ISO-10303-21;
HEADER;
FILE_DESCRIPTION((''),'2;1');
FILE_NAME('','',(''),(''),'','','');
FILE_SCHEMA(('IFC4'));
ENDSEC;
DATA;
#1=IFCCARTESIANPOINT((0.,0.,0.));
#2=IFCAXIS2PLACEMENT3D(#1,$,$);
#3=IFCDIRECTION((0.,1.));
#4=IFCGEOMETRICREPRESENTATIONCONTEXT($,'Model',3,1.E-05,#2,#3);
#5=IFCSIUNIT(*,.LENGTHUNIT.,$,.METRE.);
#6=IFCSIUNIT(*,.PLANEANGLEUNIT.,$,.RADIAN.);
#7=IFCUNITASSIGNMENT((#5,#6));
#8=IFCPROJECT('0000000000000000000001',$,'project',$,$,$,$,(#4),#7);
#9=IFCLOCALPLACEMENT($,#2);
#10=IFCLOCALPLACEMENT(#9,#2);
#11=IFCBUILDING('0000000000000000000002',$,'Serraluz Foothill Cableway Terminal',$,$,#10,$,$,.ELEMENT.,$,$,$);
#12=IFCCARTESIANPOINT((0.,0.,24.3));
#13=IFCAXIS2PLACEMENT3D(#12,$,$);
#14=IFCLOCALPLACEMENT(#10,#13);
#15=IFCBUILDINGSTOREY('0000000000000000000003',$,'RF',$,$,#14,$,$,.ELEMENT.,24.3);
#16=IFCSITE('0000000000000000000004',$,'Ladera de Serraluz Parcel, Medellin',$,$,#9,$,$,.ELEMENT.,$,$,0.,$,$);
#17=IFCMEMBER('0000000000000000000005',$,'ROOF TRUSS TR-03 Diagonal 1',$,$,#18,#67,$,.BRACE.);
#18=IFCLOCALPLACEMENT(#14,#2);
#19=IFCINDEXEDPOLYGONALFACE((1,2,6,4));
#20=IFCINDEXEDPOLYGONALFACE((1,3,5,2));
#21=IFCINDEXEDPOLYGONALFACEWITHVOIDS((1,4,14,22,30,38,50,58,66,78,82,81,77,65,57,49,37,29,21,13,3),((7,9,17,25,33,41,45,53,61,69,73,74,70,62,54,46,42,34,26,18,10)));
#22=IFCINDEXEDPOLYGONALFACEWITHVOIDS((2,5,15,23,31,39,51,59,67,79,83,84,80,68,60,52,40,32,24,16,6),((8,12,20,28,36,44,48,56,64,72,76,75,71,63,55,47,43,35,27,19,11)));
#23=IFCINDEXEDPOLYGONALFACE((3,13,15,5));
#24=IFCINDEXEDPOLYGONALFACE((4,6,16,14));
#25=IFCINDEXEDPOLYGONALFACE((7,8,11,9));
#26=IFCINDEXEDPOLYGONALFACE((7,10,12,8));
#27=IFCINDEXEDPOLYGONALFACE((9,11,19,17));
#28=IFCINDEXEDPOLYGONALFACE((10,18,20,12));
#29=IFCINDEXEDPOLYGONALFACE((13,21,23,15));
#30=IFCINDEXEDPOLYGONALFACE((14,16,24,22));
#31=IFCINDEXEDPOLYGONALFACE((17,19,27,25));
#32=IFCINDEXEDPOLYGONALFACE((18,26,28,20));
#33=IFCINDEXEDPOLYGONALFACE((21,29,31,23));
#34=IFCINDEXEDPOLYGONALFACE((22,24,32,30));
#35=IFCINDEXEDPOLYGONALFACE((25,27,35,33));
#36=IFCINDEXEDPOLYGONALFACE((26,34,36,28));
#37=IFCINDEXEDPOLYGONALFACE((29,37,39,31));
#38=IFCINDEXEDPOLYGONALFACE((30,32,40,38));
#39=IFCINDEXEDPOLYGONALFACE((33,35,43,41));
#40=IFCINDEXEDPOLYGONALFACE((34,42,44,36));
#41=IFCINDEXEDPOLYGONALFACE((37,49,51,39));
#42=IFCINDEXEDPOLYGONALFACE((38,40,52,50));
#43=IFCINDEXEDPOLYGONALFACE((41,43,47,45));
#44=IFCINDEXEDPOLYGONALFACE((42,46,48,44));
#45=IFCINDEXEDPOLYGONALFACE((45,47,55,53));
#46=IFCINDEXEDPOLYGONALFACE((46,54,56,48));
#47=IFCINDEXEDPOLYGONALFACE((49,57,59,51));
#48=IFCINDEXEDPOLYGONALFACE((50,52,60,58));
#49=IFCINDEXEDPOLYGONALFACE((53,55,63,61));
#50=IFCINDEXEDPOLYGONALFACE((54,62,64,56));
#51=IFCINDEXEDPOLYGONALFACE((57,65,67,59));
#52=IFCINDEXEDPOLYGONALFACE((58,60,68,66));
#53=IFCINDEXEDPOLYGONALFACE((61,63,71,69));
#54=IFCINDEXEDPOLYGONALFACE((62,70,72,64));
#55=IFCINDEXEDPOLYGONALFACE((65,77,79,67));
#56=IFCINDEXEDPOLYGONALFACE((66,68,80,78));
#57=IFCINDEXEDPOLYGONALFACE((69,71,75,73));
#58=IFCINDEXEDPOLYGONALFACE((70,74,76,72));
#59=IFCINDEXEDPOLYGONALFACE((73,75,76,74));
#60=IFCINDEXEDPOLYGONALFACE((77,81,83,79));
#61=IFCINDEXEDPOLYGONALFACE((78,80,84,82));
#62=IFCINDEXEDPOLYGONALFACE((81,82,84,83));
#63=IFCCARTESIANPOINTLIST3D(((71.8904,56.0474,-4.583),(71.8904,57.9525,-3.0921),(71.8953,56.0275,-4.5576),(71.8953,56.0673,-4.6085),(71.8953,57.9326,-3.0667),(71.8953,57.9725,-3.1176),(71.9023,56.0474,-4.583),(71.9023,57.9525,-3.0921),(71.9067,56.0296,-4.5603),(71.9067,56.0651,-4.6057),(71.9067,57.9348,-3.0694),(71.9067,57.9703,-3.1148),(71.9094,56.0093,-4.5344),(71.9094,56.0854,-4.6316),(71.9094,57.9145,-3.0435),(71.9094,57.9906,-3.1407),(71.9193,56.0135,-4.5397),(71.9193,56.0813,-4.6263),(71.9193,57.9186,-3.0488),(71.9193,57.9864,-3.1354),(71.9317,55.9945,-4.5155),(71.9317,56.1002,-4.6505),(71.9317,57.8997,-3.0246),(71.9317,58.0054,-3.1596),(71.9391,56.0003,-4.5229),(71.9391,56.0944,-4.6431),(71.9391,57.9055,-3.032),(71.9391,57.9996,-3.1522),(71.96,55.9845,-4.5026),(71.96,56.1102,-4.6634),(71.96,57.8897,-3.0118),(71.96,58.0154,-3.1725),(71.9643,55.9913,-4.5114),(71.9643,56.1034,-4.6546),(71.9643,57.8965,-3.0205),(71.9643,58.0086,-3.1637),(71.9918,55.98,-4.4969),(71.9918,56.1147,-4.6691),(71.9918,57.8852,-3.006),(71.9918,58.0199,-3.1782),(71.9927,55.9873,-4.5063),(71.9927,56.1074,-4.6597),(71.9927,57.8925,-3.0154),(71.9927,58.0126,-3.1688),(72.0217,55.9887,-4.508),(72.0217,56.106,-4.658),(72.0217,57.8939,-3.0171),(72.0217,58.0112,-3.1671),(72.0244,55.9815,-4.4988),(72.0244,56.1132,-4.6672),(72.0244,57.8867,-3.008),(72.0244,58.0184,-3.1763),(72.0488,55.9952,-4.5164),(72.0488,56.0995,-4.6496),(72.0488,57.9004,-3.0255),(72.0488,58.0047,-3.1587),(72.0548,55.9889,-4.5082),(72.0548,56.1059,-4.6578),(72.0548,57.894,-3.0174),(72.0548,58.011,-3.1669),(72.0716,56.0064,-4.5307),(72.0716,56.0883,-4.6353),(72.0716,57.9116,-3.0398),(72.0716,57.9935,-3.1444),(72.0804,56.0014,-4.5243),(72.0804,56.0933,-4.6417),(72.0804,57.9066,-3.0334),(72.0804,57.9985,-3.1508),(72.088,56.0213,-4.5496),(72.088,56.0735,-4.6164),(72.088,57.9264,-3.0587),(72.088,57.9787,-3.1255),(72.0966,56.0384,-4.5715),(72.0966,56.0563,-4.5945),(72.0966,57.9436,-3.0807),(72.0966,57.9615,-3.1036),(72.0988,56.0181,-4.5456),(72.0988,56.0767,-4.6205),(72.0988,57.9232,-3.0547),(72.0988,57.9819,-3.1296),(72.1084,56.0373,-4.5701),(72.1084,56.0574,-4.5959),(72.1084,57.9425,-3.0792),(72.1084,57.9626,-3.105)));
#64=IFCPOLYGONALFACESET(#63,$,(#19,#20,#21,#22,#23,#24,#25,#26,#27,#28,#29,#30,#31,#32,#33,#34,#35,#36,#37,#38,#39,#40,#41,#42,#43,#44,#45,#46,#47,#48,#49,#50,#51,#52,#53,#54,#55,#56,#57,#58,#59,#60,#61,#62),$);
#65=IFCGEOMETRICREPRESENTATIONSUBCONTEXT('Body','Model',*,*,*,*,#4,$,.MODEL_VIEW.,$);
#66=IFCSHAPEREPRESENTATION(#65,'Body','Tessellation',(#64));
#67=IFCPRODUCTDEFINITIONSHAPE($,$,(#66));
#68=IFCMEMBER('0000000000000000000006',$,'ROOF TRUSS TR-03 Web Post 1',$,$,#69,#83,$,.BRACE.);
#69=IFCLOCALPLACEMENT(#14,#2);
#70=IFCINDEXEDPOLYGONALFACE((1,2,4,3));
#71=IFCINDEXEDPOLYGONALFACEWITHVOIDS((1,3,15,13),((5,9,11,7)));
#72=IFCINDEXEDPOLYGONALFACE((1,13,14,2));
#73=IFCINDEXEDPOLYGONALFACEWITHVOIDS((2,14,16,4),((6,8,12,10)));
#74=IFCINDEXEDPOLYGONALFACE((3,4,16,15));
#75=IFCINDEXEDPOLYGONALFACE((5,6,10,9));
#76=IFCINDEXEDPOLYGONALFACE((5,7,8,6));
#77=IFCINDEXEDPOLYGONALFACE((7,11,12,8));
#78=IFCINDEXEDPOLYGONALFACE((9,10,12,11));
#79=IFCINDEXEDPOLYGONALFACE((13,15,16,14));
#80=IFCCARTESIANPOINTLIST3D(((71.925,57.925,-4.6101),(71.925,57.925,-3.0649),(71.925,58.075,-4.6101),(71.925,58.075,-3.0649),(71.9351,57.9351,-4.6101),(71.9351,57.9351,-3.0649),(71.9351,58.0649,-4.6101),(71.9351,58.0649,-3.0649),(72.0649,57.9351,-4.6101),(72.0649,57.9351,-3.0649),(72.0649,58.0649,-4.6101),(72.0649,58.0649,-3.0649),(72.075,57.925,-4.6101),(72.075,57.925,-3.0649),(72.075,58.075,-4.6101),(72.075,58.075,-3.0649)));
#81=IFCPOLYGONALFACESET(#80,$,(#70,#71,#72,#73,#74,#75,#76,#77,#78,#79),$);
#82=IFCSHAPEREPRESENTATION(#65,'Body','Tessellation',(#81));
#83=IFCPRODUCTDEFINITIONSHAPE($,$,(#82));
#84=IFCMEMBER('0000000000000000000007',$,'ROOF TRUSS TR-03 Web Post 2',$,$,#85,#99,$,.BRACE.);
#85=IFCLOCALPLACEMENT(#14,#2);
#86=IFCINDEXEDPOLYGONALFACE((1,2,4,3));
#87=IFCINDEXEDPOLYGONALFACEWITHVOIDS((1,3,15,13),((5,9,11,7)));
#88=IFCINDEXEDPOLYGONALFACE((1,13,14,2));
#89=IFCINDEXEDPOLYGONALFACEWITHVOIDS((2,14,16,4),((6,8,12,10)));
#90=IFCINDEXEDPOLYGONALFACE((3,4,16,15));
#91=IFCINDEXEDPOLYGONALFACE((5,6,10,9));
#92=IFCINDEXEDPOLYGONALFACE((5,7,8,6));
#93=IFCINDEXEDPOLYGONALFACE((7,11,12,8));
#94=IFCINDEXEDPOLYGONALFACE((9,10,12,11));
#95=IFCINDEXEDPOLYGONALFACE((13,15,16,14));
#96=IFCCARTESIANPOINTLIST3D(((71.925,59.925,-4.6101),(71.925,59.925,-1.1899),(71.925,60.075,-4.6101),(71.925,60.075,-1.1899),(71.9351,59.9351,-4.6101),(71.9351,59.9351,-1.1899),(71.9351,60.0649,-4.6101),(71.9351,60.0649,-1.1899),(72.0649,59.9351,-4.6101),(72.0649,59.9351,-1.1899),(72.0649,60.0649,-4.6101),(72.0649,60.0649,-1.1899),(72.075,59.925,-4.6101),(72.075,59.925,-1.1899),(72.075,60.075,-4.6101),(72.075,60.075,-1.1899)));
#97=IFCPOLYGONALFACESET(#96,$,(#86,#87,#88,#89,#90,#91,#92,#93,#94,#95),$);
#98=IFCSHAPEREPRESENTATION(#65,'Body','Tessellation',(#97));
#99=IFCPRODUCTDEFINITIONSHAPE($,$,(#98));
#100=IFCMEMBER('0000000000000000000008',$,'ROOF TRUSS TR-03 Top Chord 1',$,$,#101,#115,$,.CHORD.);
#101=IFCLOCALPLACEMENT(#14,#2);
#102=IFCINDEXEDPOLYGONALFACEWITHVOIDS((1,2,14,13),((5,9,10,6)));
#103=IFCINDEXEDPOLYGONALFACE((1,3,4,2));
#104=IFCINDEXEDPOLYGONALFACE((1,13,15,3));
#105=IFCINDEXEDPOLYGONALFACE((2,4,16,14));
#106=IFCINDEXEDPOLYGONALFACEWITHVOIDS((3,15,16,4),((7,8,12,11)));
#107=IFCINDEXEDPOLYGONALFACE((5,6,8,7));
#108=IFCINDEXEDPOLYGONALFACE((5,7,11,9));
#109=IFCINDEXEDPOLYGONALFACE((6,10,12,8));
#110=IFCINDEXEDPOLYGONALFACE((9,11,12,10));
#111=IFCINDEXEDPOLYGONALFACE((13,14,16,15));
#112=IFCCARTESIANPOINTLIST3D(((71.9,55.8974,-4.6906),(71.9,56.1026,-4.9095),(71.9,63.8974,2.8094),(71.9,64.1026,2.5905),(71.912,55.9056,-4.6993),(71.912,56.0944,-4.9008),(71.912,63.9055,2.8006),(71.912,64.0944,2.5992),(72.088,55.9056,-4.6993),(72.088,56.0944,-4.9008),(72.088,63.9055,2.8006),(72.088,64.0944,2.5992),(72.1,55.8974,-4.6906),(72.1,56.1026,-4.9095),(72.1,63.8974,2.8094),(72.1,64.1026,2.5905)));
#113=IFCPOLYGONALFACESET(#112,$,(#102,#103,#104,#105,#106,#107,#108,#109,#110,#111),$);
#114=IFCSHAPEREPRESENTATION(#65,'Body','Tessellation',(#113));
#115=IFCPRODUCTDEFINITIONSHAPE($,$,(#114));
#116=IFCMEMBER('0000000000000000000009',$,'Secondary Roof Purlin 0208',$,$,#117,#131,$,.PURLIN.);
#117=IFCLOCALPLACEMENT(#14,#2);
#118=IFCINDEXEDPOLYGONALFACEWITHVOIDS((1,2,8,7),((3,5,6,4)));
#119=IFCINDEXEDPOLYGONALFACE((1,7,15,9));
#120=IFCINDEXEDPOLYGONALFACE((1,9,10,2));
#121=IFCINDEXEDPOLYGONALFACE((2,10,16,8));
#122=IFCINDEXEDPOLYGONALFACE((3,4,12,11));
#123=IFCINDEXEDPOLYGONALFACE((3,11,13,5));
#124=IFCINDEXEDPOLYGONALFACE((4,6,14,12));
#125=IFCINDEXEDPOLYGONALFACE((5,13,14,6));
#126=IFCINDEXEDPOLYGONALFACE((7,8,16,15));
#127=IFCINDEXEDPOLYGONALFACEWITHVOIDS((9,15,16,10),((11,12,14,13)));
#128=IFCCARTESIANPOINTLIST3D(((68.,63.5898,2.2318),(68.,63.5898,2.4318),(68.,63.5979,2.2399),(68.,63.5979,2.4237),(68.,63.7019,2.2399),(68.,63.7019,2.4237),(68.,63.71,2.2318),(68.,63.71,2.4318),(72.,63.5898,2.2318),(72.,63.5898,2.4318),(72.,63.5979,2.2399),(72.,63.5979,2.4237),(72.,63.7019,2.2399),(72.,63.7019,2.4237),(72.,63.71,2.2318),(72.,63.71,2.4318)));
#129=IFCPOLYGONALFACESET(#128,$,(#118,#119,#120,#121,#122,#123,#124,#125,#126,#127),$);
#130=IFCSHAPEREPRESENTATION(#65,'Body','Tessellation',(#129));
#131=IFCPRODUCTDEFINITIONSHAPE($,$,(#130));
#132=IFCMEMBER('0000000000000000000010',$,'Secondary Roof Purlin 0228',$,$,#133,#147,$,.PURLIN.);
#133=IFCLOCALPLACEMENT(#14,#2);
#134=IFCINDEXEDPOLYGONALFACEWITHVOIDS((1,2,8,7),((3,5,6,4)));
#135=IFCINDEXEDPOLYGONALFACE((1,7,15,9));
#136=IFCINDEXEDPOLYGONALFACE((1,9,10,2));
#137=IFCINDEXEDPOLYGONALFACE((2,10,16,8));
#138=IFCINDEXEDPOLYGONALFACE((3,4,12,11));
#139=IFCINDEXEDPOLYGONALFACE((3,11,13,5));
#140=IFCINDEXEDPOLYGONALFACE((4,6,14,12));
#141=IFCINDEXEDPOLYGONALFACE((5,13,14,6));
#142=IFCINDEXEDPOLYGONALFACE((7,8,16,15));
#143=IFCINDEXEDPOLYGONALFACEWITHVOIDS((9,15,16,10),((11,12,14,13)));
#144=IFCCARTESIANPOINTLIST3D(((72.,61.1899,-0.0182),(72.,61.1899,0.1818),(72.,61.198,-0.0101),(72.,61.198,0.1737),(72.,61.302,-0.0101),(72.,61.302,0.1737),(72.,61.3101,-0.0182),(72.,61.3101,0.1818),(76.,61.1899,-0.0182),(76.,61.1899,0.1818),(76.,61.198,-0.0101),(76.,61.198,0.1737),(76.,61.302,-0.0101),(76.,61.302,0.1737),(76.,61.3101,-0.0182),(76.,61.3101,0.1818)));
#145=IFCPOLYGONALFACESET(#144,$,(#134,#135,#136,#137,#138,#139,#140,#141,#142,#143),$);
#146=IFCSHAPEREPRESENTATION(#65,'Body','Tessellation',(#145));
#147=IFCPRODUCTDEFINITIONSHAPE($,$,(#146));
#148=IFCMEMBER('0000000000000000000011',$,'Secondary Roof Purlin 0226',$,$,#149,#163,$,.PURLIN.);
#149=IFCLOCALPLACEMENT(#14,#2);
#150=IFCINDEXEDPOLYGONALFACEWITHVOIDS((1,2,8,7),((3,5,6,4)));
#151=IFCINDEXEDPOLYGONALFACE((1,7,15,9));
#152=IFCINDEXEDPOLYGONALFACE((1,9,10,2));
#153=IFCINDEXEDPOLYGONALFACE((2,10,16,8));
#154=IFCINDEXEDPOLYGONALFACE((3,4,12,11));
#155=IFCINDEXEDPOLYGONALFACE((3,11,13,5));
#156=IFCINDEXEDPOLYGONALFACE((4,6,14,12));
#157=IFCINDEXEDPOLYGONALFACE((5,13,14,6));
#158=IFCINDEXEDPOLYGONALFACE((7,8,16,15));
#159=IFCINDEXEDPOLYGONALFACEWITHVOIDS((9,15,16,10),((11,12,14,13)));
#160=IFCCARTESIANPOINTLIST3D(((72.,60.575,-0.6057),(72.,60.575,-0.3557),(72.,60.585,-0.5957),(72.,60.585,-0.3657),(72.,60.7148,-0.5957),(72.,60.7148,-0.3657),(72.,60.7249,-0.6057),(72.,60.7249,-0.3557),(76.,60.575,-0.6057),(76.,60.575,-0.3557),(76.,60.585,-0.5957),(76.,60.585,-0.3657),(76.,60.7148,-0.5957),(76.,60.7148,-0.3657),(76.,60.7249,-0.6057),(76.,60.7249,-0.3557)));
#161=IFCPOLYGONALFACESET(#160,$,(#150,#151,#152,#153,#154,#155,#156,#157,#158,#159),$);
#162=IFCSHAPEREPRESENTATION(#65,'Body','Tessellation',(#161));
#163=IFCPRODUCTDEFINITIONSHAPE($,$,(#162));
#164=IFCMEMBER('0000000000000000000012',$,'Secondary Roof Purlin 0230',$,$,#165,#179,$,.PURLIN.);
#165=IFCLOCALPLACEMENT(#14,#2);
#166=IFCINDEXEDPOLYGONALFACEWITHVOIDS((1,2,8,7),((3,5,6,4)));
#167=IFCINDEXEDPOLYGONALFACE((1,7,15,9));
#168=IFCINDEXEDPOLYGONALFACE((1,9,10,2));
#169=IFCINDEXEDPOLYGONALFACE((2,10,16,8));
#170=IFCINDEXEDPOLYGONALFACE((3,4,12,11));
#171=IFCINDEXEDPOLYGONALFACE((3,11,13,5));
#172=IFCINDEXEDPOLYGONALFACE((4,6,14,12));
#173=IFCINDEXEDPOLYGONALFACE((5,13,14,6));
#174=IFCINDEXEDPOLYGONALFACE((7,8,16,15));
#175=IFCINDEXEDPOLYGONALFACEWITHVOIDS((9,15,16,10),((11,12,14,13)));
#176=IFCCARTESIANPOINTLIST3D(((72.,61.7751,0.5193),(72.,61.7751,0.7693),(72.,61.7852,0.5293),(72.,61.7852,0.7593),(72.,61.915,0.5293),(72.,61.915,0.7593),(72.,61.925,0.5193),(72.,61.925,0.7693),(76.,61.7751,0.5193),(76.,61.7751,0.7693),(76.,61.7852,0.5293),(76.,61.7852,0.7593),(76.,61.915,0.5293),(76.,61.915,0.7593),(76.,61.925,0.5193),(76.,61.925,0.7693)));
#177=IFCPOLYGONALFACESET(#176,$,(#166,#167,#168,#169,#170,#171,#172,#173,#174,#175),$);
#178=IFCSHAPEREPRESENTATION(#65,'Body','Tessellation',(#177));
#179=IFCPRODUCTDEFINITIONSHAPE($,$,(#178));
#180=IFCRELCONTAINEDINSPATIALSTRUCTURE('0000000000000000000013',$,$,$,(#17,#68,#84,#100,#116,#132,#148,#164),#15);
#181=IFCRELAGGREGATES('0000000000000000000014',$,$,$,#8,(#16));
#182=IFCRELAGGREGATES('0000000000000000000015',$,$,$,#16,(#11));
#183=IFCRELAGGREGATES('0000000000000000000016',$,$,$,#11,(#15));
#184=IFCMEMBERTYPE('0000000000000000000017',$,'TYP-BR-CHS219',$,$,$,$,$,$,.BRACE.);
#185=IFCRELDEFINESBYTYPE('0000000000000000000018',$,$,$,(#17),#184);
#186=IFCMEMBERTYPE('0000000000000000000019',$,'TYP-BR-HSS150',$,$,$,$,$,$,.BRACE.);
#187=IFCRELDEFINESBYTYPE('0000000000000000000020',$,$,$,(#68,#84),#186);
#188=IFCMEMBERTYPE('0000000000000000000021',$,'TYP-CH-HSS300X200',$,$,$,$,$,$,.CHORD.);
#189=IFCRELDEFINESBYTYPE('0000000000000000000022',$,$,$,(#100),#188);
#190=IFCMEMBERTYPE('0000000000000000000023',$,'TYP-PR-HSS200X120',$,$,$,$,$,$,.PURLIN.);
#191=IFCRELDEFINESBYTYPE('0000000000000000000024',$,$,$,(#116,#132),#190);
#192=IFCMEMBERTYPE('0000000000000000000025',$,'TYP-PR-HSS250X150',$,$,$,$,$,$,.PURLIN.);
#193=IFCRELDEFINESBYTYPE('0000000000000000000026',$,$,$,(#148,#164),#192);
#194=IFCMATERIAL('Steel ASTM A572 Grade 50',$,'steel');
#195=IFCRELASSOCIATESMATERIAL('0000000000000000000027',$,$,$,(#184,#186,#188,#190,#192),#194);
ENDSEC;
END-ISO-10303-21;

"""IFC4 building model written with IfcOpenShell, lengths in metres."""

from ifc_helpers import new_model, si_unit, direction, frame, origin, origin_2d, place, context, subcontext, project, spatial, hollow_rectangle, hollow_circle, extrude, material, material_profile, profile_set, type_object, element, save


model = new_model("IFC4")

# Units and contexts
model_context = context("Model", 3, precision=1e-05, world=origin(), true_north=direction((0.0, 1.0)))
body_context = subcontext(model_context, "Body", "Model", "MODEL_VIEW")
ifc_project = project(units=[si_unit("LENGTHUNIT", "METRE"), si_unit("PLANEANGLEUNIT", "RADIAN")], contexts=[model_context])

# Site, building, storey
site_placement = place(None, origin())
site = spatial("IfcSite", under=ifc_project, at=site_placement, Name="Ladera de Serraluz Parcel, Medellin", CompositionType="ELEMENT", RefElevation=0.0)
building_placement = place(site_placement, origin())
building = spatial("IfcBuilding", under=site, at=building_placement, Name="Serraluz Foothill Cableway Terminal", CompositionType="ELEMENT")
storey_placement = place(building_placement, frame((0.0, 0.0, 24.3)))
storey = spatial("IfcBuildingStorey", under=building, at=storey_placement, Name="RF", CompositionType="ELEMENT", Elevation=24.3)

# Members
ifc_material_1 = material(Name="Steel ASTM A572 Grade 50", Category="steel")
ifc_material_profile_1 = material_profile(ifc_material_1, hollow_circle(Radius=0.1096, WallThickness=0.012, at=origin_2d()), Name="CHS219X12")
ifc_profile_set_1 = profile_set([ifc_material_profile_1], Name="Steel ASTM A572 Grade 50")
member_type_1 = type_object("IfcMemberType", Name="TYP-BR-CHS219", PredefinedType="BRACE", material=ifc_profile_set_1)
member_1_placement = place(storey_placement, frame((72.0, 56.0474, -4.583), z_axis=(0.0, 0.787528, 0.616278), x_axis=(-1.0, 0.0, 0.0)))
element("IfcMember", 1, at=member_1_placement, inside=storey, type_object=member_type_1, Name="ROOF TRUSS TR-03 Diagonal 1", PredefinedType="BRACE", context=body_context, shape_type="SweptSolid", body=[
    extrude(hollow_circle(Radius=0.1096, WallThickness=0.012, at=origin_2d()), origin(), (0.0, 0.0, 1.0), 2.4192),
])
ifc_material_profile_2 = material_profile(ifc_material_1, hollow_rectangle(XDim=0.1499, YDim=0.1499, WallThickness=0.01, at=origin_2d()), Name="HSS150X150X10")
ifc_profile_set_2 = profile_set([ifc_material_profile_2], Name="Steel ASTM A572 Grade 50")
member_type_2 = type_object("IfcMemberType", Name="TYP-BR-HSS150", PredefinedType="BRACE", material=ifc_profile_set_2)
member_2_placement = place(storey_placement, frame((72.0, 58.0, -4.6101), z_axis=(0.0, 0.0, 1.0), x_axis=(1.0, 0.0, 0.0)))
element("IfcMember", 2, at=member_2_placement, inside=storey, type_object=member_type_2, Name="ROOF TRUSS TR-03 Web Post 1", PredefinedType="BRACE", context=body_context, shape_type="SweptSolid", body=[
    extrude(hollow_rectangle(XDim=0.1499, YDim=0.1499, WallThickness=0.01, at=origin_2d()), origin(), (0.0, 0.0, 1.0), 1.5452),
])
member_3_placement = place(storey_placement, frame((72.0, 60.0, -4.6101), z_axis=(0.0, 0.0, 1.0), x_axis=(1.0, 0.0, 0.0)))
element("IfcMember", 3, at=member_3_placement, inside=storey, type_object=member_type_2, Name="ROOF TRUSS TR-03 Web Post 2", PredefinedType="BRACE", context=body_context, shape_type="SweptSolid", body=[
    extrude(hollow_rectangle(XDim=0.1499, YDim=0.1499, WallThickness=0.01, at=origin_2d()), origin(), (0.0, 0.0, 1.0), 3.4202),
])
ifc_material_profile_3 = material_profile(ifc_material_1, hollow_rectangle(XDim=0.2, YDim=0.3, WallThickness=0.012, at=origin_2d()), Name="HSS300X200X12")
ifc_profile_set_3 = profile_set([ifc_material_profile_3], Name="Steel ASTM A572 Grade 50")
member_type_3 = type_object("IfcMemberType", Name="TYP-CH-HSS300X200", PredefinedType="CHORD", material=ifc_profile_set_3)
member_4_placement = place(storey_placement, frame((72.0, 56.0, -4.8), z_axis=(0.0, 0.729537, 0.683941), x_axis=(-1.0, 0.0, 0.0)))
element("IfcMember", 4, at=member_4_placement, inside=storey, type_object=member_type_3, Name="ROOF TRUSS TR-03 Top Chord 1", PredefinedType="CHORD", context=body_context, shape_type="SweptSolid", body=[
    extrude(hollow_rectangle(XDim=0.2, YDim=0.3, WallThickness=0.012, at=origin_2d()), origin(), (0.0, 0.0, 1.0), 10.9658),
])
ifc_material_profile_4 = material_profile(ifc_material_1, hollow_rectangle(XDim=0.1201, YDim=0.2, WallThickness=0.0081, at=origin_2d()), Name="HSS200X120X8")
ifc_profile_set_4 = profile_set([ifc_material_profile_4], Name="Steel ASTM A572 Grade 50")
member_type_4 = type_object("IfcMemberType", Name="TYP-PR-HSS200X120", PredefinedType="PURLIN", material=ifc_profile_set_4)
for number, where, z_axis, x_axis, name in (
    (5, (68.0, 63.6499, 2.3318), (1.0, 0.0, 0.0), (0.0, 1.0, 0.0), "Secondary Roof Purlin 0208"),
    (6, (72.0, 61.25, 0.0818), (1.0, 0.0, 0.0), (0.0, 1.0, 0.0), "Secondary Roof Purlin 0228"),
):
    element("IfcMember", number, at=place(storey_placement, frame(where, z_axis=z_axis, x_axis=x_axis)), inside=storey, type_object=member_type_4, Name=name, PredefinedType="PURLIN", context=body_context, shape_type="SweptSolid", body=[
        extrude(hollow_rectangle(XDim=0.1201, YDim=0.2, WallThickness=0.0081, at=origin_2d()), origin(), (0.0, 0.0, 1.0), 4.0),
    ])
ifc_material_profile_5 = material_profile(ifc_material_1, hollow_rectangle(XDim=0.1499, YDim=0.25, WallThickness=0.01, at=origin_2d()), Name="HSS250X150X10")
ifc_profile_set_5 = profile_set([ifc_material_profile_5], Name="Steel ASTM A572 Grade 50")
member_type_5 = type_object("IfcMemberType", Name="TYP-PR-HSS250X150", PredefinedType="PURLIN", material=ifc_profile_set_5)
for number, where, z_axis, x_axis, name in (
    (7, (72.0, 60.6499, -0.4807), (1.0, 0.0, 0.0), (0.0, 1.0, 0.0), "Secondary Roof Purlin 0226"),
    (8, (72.0, 61.8501, 0.6443), (1.0, 0.0, 0.0), (0.0, 1.0, 0.0), "Secondary Roof Purlin 0230"),
):
    element("IfcMember", number, at=place(storey_placement, frame(where, z_axis=z_axis, x_axis=x_axis)), inside=storey, type_object=member_type_5, Name=name, PredefinedType="PURLIN", context=body_context, shape_type="SweptSolid", body=[
        extrude(hollow_rectangle(XDim=0.1499, YDim=0.25, WallThickness=0.01, at=origin_2d()), origin(), (0.0, 0.0, 1.0), 4.0),
    ])

save(model, "model.ifc")
